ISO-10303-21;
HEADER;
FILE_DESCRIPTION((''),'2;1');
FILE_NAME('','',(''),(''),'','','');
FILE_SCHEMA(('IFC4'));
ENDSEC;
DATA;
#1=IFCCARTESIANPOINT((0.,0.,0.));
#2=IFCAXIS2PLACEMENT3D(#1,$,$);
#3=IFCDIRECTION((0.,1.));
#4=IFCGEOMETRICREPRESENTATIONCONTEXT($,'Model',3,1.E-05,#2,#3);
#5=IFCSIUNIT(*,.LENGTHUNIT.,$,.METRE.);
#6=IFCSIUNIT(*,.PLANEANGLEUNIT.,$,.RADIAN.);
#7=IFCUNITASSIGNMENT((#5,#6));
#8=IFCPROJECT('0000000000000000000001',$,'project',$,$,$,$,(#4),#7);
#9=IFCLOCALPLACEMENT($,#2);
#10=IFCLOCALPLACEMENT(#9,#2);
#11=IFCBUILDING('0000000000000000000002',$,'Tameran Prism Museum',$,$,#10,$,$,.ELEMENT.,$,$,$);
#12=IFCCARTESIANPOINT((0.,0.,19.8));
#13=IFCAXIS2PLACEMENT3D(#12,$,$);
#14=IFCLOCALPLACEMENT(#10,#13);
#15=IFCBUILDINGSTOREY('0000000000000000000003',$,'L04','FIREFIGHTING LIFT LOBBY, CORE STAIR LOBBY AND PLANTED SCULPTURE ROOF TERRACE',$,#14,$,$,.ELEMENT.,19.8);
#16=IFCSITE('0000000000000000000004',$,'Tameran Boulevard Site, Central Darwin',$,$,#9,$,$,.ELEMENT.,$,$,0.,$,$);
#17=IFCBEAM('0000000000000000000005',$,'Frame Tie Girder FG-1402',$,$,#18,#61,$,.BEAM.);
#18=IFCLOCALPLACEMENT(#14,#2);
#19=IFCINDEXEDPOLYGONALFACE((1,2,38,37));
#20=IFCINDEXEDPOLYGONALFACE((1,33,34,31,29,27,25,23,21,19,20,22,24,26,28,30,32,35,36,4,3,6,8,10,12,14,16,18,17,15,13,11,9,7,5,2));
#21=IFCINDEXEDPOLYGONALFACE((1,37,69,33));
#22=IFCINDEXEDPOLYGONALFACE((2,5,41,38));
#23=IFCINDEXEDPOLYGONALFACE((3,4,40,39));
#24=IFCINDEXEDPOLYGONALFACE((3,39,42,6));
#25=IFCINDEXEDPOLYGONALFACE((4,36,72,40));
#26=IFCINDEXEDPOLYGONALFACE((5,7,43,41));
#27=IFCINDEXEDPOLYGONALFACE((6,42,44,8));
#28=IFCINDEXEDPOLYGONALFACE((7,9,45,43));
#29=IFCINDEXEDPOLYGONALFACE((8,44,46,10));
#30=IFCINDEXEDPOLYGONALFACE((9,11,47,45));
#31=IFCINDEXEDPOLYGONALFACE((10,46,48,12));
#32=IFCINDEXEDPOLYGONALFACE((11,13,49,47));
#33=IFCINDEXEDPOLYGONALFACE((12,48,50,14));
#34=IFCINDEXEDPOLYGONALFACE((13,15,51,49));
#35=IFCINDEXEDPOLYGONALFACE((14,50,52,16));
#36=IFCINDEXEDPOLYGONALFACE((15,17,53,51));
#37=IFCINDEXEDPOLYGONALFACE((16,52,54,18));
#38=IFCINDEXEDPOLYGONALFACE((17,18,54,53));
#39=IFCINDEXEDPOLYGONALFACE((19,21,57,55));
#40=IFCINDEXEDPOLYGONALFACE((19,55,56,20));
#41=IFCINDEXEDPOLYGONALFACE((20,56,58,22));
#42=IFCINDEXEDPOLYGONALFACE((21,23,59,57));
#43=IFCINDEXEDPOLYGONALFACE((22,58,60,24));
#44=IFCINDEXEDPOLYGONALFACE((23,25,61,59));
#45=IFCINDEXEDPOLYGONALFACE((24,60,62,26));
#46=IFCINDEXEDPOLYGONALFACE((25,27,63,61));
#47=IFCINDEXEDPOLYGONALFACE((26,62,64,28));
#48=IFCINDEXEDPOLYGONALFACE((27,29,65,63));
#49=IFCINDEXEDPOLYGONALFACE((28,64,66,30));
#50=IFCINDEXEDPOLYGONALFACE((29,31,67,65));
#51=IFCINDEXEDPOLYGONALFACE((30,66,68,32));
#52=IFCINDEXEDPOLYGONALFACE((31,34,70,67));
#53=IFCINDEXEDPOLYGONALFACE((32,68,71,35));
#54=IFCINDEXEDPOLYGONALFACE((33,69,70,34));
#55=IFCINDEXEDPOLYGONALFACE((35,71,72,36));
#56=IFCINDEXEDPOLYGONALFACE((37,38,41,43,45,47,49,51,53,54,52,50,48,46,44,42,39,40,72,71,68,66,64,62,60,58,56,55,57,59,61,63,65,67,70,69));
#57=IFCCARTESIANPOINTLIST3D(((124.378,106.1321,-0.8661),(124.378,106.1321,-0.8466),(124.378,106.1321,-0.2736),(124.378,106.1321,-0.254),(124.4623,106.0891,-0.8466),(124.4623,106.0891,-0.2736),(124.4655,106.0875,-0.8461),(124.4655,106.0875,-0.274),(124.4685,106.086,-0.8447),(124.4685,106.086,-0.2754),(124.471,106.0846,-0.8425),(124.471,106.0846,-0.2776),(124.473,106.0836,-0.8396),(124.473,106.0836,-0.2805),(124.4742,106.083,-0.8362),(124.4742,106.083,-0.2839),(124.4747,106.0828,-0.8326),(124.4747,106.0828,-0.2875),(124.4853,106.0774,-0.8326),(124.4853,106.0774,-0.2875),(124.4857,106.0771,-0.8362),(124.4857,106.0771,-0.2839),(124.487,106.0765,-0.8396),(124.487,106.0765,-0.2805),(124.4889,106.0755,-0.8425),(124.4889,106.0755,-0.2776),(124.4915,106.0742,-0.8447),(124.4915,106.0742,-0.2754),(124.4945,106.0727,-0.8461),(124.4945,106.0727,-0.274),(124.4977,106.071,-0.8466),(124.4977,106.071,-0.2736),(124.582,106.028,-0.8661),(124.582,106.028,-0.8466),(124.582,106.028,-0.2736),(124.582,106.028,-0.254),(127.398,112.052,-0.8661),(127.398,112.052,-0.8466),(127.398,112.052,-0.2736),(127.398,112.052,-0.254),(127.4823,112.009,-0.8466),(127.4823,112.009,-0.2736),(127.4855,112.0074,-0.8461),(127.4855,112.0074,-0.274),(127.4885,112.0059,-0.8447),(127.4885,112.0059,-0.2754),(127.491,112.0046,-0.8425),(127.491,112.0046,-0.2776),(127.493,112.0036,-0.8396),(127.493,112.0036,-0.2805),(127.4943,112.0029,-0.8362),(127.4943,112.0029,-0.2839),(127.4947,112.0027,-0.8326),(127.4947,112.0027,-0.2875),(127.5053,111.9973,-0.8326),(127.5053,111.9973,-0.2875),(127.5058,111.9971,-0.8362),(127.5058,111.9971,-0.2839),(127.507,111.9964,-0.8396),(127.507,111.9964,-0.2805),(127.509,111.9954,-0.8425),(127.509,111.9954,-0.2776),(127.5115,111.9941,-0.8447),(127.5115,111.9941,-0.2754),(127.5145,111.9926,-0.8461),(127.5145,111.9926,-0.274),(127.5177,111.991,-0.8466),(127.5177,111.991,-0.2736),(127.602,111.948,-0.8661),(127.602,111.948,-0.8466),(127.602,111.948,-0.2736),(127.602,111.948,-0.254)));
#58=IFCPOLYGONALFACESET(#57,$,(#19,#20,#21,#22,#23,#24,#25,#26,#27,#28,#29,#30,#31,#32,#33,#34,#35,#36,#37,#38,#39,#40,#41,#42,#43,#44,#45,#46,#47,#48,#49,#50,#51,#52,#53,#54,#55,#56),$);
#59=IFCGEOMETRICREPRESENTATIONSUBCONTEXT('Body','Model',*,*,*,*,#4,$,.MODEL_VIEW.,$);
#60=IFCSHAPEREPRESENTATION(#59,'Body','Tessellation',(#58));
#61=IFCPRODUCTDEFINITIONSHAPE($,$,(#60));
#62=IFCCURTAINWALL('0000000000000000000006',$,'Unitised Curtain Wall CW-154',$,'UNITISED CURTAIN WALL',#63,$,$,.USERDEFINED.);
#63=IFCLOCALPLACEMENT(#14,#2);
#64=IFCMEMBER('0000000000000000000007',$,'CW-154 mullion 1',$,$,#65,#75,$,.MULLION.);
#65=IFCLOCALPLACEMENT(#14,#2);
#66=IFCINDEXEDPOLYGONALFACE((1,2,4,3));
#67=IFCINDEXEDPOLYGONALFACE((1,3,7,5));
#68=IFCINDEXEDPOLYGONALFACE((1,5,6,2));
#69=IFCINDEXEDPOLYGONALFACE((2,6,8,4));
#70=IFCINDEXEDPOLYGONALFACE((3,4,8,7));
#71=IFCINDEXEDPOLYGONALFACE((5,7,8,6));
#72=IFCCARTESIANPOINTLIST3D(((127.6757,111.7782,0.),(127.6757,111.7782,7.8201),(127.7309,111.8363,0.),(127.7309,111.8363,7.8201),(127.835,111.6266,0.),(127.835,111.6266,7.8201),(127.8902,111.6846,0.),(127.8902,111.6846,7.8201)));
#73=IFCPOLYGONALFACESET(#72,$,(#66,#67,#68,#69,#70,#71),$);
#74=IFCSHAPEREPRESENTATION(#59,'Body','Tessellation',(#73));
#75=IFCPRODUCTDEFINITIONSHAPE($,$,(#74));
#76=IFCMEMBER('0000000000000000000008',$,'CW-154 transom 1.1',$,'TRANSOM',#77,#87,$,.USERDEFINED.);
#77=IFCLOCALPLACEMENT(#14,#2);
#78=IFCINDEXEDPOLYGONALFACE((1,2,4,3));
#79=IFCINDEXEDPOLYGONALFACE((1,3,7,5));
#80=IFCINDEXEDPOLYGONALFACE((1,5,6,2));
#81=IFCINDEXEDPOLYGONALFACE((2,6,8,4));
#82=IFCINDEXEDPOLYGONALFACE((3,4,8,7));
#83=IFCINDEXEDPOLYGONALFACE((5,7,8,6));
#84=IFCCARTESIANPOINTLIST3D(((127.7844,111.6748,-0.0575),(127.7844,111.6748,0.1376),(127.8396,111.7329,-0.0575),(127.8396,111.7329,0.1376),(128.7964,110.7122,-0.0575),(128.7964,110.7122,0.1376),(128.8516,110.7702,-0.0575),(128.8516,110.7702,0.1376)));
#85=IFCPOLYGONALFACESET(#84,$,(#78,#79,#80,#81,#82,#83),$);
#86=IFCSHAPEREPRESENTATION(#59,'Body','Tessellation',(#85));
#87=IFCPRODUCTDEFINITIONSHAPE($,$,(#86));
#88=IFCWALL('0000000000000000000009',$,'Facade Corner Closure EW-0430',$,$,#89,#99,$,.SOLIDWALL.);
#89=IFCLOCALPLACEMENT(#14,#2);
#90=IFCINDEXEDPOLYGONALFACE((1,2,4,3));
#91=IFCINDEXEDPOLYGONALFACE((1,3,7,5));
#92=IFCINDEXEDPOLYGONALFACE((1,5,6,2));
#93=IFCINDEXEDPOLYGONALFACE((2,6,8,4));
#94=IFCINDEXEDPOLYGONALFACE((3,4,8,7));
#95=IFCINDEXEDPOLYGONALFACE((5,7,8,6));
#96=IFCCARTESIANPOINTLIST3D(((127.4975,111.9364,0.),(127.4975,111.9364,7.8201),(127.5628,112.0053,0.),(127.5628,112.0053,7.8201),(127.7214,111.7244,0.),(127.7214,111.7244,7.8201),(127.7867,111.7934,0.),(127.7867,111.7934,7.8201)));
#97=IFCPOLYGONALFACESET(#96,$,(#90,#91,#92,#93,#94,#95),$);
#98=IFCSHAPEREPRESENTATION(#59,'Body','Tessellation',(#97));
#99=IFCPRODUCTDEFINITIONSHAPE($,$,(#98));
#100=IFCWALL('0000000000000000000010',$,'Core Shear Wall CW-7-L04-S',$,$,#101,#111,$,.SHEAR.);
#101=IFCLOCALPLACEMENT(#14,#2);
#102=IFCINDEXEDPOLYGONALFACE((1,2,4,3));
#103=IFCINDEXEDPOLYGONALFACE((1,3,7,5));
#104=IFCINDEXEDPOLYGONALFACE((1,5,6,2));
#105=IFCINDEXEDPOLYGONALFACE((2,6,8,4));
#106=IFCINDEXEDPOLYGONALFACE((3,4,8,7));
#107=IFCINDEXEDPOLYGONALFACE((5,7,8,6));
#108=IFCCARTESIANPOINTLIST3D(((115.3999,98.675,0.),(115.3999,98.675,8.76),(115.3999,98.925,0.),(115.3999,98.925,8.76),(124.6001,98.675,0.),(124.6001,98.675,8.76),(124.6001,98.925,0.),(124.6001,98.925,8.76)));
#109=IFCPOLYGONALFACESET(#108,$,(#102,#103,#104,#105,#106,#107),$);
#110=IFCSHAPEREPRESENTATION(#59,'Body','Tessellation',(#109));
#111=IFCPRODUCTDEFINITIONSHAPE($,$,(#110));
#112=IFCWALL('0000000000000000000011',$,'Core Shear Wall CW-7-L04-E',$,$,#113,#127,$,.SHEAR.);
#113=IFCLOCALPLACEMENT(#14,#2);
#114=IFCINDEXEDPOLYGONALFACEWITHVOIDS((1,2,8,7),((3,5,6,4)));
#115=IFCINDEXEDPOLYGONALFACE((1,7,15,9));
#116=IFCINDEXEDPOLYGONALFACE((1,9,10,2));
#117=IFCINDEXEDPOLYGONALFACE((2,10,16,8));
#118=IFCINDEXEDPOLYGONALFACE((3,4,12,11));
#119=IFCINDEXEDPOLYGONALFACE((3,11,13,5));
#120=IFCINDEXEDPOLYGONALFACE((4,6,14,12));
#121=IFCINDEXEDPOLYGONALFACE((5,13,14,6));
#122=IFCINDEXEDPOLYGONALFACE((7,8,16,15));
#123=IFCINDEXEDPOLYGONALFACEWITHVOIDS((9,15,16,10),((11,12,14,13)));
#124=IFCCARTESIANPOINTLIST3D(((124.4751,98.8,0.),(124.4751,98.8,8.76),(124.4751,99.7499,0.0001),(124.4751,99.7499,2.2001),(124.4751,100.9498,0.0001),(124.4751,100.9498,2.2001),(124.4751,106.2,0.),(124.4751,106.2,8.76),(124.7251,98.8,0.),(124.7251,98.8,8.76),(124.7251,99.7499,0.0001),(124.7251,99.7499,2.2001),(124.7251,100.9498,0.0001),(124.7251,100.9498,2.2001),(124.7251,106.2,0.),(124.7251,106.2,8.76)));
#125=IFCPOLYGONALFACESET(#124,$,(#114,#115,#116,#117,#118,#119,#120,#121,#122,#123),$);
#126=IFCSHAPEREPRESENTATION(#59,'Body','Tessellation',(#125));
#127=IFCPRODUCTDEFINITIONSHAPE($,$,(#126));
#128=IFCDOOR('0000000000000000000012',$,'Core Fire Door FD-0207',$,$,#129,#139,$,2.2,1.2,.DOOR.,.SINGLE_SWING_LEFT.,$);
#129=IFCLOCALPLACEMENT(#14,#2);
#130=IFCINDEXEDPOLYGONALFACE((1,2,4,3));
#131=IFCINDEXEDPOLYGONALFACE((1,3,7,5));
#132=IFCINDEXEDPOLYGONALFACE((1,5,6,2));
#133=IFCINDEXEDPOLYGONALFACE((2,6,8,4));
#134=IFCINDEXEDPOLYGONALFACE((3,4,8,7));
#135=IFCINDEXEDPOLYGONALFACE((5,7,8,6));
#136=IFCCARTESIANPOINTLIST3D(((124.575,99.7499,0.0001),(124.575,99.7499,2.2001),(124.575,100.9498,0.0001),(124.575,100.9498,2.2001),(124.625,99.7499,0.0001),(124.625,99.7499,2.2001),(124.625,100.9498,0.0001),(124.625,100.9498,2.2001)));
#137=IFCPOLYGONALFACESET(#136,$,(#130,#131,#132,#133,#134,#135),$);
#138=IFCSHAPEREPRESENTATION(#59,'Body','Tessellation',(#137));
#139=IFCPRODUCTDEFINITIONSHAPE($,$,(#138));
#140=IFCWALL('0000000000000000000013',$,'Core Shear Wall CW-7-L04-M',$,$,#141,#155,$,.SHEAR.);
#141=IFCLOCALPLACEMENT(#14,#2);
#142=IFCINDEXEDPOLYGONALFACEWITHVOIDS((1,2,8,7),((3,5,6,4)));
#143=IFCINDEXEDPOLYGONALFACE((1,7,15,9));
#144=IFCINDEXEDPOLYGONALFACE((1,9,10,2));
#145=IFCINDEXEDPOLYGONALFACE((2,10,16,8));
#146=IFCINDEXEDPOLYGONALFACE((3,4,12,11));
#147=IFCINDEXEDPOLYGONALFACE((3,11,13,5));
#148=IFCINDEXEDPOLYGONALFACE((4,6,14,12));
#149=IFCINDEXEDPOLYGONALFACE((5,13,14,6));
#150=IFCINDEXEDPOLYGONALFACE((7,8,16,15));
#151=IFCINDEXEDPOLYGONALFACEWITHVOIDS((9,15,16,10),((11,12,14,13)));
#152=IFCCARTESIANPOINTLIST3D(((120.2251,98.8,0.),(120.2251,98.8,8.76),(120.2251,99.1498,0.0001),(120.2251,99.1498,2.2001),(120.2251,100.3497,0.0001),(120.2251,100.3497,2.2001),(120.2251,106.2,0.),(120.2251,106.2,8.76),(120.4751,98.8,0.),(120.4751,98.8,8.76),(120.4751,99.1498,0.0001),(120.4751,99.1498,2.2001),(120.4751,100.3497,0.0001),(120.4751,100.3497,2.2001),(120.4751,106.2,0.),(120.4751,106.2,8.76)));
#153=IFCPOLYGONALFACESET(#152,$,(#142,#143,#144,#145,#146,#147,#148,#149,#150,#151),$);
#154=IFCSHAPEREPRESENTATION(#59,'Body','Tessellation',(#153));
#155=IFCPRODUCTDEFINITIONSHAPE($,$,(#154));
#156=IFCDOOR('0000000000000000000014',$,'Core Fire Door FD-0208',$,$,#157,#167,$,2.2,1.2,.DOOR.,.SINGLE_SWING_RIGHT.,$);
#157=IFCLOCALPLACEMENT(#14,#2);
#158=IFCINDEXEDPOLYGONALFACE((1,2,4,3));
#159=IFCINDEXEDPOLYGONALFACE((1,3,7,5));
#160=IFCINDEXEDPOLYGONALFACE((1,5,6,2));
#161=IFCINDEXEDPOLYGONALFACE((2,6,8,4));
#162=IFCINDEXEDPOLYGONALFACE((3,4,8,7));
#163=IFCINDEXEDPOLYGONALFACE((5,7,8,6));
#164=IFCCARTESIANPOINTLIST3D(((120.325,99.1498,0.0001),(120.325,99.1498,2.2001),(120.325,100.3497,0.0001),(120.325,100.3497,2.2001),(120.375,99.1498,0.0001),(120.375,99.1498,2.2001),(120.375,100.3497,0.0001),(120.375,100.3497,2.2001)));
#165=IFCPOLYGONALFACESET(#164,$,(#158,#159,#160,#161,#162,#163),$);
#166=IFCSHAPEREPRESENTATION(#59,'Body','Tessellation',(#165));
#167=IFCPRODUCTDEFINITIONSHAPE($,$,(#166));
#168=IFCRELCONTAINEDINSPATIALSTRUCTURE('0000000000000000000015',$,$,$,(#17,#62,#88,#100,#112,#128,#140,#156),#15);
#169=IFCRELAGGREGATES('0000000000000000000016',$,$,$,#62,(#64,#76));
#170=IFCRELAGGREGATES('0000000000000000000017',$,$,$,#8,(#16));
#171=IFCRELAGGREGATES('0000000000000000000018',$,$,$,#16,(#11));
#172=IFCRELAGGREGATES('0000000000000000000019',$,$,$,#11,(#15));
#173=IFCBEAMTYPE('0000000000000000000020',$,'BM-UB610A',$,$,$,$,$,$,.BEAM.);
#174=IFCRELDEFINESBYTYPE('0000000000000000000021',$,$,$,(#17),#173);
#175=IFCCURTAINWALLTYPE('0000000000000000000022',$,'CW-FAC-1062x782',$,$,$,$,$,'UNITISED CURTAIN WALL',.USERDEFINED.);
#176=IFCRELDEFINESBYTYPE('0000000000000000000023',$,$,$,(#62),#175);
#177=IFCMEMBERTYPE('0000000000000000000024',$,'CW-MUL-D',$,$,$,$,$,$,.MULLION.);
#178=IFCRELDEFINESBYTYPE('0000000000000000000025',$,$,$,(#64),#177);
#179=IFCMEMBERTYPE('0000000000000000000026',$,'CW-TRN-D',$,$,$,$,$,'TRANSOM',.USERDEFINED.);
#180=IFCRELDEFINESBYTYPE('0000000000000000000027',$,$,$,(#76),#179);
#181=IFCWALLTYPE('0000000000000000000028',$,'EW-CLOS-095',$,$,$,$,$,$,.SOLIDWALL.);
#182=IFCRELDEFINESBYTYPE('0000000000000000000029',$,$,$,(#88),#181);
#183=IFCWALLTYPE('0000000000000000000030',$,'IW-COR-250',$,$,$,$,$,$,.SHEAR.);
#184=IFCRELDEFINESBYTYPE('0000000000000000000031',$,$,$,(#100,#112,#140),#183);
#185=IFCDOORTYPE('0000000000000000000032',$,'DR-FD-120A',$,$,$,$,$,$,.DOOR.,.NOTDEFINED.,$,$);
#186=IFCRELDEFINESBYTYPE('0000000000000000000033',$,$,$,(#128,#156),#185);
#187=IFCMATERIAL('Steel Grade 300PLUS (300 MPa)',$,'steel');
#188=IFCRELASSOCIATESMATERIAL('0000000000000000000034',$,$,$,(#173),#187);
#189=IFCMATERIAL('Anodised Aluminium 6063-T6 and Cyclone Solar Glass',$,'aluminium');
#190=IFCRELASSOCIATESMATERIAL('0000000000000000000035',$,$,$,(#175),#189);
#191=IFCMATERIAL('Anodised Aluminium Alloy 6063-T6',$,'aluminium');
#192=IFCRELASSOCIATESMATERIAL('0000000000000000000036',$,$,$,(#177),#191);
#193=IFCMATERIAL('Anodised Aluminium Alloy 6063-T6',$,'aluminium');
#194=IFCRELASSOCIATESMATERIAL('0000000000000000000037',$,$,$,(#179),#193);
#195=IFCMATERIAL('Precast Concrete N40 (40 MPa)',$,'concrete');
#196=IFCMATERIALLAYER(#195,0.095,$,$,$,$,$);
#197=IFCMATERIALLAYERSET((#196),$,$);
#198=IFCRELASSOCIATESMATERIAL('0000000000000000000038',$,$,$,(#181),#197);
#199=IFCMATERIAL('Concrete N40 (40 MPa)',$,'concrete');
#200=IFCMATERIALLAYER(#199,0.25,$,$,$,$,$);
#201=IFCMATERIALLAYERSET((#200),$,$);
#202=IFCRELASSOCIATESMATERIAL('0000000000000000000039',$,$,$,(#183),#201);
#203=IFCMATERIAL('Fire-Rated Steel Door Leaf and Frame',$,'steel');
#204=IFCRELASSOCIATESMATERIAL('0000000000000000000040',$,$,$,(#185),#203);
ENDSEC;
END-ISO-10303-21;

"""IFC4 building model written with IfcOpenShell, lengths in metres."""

from ifc_helpers import new_model, si_unit, direction, frame, frame_2d, origin, origin_2d, place, context, subcontext, project, spatial, rectangle, i_section, extrude, material, layer, layer_set, material_profile, profile_set, type_object, element, fill, aggregate, save


model = new_model("IFC4")

# Units and contexts
model_context = context("Model", 3, precision=1e-05, world=origin(), true_north=direction((0.0, 1.0)))
body_context = subcontext(model_context, "Body", "Model", "MODEL_VIEW")
ifc_project = project(units=[si_unit("LENGTHUNIT", "METRE"), si_unit("PLANEANGLEUNIT", "RADIAN")], contexts=[model_context])

# Site, building, storey
site_placement = place(None, origin())
site = spatial("IfcSite", under=ifc_project, at=site_placement, Name="Tameran Boulevard Site, Central Darwin", CompositionType="ELEMENT", RefElevation=0.0)
building_placement = place(site_placement, origin())
building = spatial("IfcBuilding", under=site, at=building_placement, Name="Tameran Prism Museum", CompositionType="ELEMENT")
storey_placement = place(building_placement, frame((0.0, 0.0, 19.8)))
storey = spatial("IfcBuildingStorey", under=building, at=storey_placement, Name="L04", Description="FIREFIGHTING LIFT LOBBY, CORE STAIR LOBBY AND PLANTED SCULPTURE ROOF TERRACE", CompositionType="ELEMENT", Elevation=19.8)

# Beam
ifc_material_1 = material(Name="Steel Grade 300PLUS (300 MPa)", Category="steel")
ifc_material_profile_1 = material_profile(ifc_material_1, i_section(OverallWidth=0.229, OverallDepth=0.6121, WebThickness=0.012, FlangeThickness=0.0195, FilletRadius=0.0139, at=origin_2d()))
ifc_profile_set_1 = profile_set([ifc_material_profile_1])
beam_type_1 = type_object("IfcBeamType", Name="BM-UB610A", PredefinedType="BEAM", material=ifc_profile_set_1)
beam_1_placement = place(storey_placement, frame((124.48, 106.0801, -0.5601), z_axis=(0.454429, 0.890783, 0.0), x_axis=(-0.890783, 0.454429, 0.0)))
element("IfcBeam", 1, at=beam_1_placement, inside=storey, type_object=beam_type_1, Name="Frame Tie Girder FG-1402", PredefinedType="BEAM", context=body_context, shape_type="SweptSolid", body=[
    extrude(i_section(OverallWidth=0.229, OverallDepth=0.6121, WebThickness=0.012, FlangeThickness=0.0195, FilletRadius=0.0139, at=origin_2d()), origin(), (0.0, 0.0, 1.0), 6.6458),
])

# Curtain wall, members
ifc_material_2 = material(Name="Anodised Aluminium 6063-T6 and Cyclone Solar Glass", Category="aluminium")
curtain_wall_type = type_object("IfcCurtainWallType", Name="CW-FAC-1062x782", ElementType="UNITISED CURTAIN WALL", PredefinedType="USERDEFINED", material=ifc_material_2)
curtain_wall_placement = place(storey_placement, origin())
curtain_wall = element("IfcCurtainWall", 2, at=curtain_wall_placement, inside=storey, type_object=curtain_wall_type, Name="Unitised Curtain Wall CW-154", ObjectType="UNITISED CURTAIN WALL", PredefinedType="USERDEFINED")
ifc_material_3 = material(Name="Anodised Aluminium Alloy 6063-T6", Category="aluminium")
ifc_material_profile_2 = material_profile(ifc_material_3, rectangle(XDim=0.0801, YDim=0.22, at=origin_2d()))
ifc_profile_set_2 = profile_set([ifc_material_profile_2])
member_type_1 = type_object("IfcMemberType", Name="CW-MUL-D", PredefinedType="MULLION", material=ifc_profile_set_2)
member_1_placement = place(storey_placement, frame((127.783, 111.7314, 0.0), z_axis=(0.0, 0.0, 1.0), x_axis=(0.689274, 0.724501, 0.0)))
member_1 = element("IfcMember", 3, at=member_1_placement, type_object=member_type_1, Name="CW-154 mullion 1", PredefinedType="MULLION", context=body_context, shape_type="SweptSolid", body=[
    extrude(rectangle(XDim=0.0801, YDim=0.22, at=origin_2d()), origin(), (0.0, 0.0, 1.0), 7.8201),
])
ifc_material_4 = material(Name="Anodised Aluminium Alloy 6063-T6", Category="aluminium")
ifc_material_profile_3 = material_profile(ifc_material_4, rectangle(XDim=0.0801, YDim=0.1951, at=origin_2d()))
ifc_profile_set_3 = profile_set([ifc_material_profile_3])
member_type_2 = type_object("IfcMemberType", Name="CW-TRN-D", ElementType="TRANSOM", PredefinedType="USERDEFINED", material=ifc_profile_set_3)
member_2_placement = place(storey_placement, frame((127.812, 111.7039, 0.04), z_axis=(0.724541, -0.689232, 0.0), x_axis=(0.689232, 0.724541, 0.0)))
member_2 = element("IfcMember", 4, at=member_2_placement, type_object=member_type_2, Name="CW-154 transom 1.1", ObjectType="TRANSOM", PredefinedType="USERDEFINED", context=body_context, shape_type="SweptSolid", body=[
    extrude(rectangle(XDim=0.0801, YDim=0.1951, at=origin_2d()), origin(), (0.0, 0.0, 1.0), 1.3967),
])
aggregate(curtain_wall, [member_1, member_2])

# Walls
ifc_material_5 = material(Name="Precast Concrete N40 (40 MPa)", Category="concrete")
ifc_layer_1 = layer(ifc_material_5, 0.095)
ifc_layer_set_1 = layer_set([ifc_layer_1])
wall_type_1 = type_object("IfcWallType", Name="EW-CLOS-095", PredefinedType="SOLIDWALL", material=ifc_layer_set_1)
wall_1_placement = place(storey_placement, frame((127.53, 111.9709, 0.0), z_axis=(0.0, 0.0, 1.0), x_axis=(0.726244, -0.687437, 0.0)))
element("IfcWall", 5, at=wall_1_placement, inside=storey, type_object=wall_type_1, Name="Facade Corner Closure EW-0430", PredefinedType="SOLIDWALL", context=body_context, shape_type="SweptSolid", body=[
    extrude(rectangle(XDim=0.3083, YDim=0.095, at=frame_2d((0.1543, 0.0))), origin(), (0.0, 0.0, 1.0), 7.8201),
])
ifc_material_6 = material(Name="Concrete N40 (40 MPa)", Category="concrete")
ifc_layer_2 = layer(ifc_material_6, 0.25)
ifc_layer_set_2 = layer_set([ifc_layer_2])
wall_type_2 = type_object("IfcWallType", Name="IW-COR-250", PredefinedType="SHEAR", material=ifc_layer_set_2)
wall_2_placement = place(storey_placement, frame((124.6001, 98.8, 0.0), z_axis=(0.0, 0.0, 1.0), x_axis=(-1.0, 0.0, 0.0)))
element("IfcWall", 6, at=wall_2_placement, inside=storey, type_object=wall_type_2, Name="Core Shear Wall CW-7-L04-S", PredefinedType="SHEAR", context=body_context, shape_type="SweptSolid", body=[
    extrude(rectangle(XDim=9.2002, YDim=0.25, at=frame_2d((4.6001, 0.0))), origin(), (0.0, 0.0, 1.0), 8.76),
])

# Walls, openings, doors
wall_3_placement = place(storey_placement, frame((124.6001, 106.2, 0.0), z_axis=(0.0, 0.0, 1.0), x_axis=(0.0, -1.0, 0.0)))
wall_3 = element("IfcWall", 7, at=wall_3_placement, inside=storey, type_object=wall_type_2, Name="Core Shear Wall CW-7-L04-E", PredefinedType="SHEAR", context=body_context, shape_type="SweptSolid", body=[
    extrude(rectangle(XDim=7.3999, YDim=0.25, at=frame_2d((3.7, 0.0))), origin(), (0.0, 0.0, 1.0), 8.76),
])
opening_1_placement = place(wall_3_placement, frame((5.25, 0.0, 0.0)))
opening_1 = element("IfcOpeningElement", 8, at=opening_1_placement, cuts=wall_3, PredefinedType="OPENING", context=body_context, shape_type="SweptSolid", body=[
    extrude(rectangle(XDim=1.2, YDim=2.2, at=frame_2d((0.6001, 1.1001))), frame((0.0, 0.135, 0.0), z_axis=(0.0, -1.0, 0.0), x_axis=(1.0, 0.0, 0.0)), (0.0, 0.0, 1.0), 0.27),
])
ifc_material_7 = material(Name="Fire-Rated Steel Door Leaf and Frame", Category="steel")
door_type = type_object("IfcDoorType", Name="DR-FD-120A", OperationType="NOTDEFINED", PredefinedType="DOOR", material=ifc_material_7)
door_1_placement = place(opening_1_placement, origin())
door_1 = element("IfcDoor", 9, at=door_1_placement, inside=storey, type_object=door_type, Name="Core Fire Door FD-0207", OperationType="SINGLE_SWING_LEFT", OverallHeight=2.2, OverallWidth=1.2, PredefinedType="DOOR", context=body_context, shape_type="SweptSolid", body=[
    extrude(rectangle(XDim=1.2, YDim=2.2, at=frame_2d((0.6001, 1.1001))), frame((0.0, 0.0249, 0.0), z_axis=(0.0, -1.0, 0.0), x_axis=(1.0, 0.0, 0.0)), (0.0, 0.0, 1.0), 0.05),
])
fill(opening_1, door_1)
wall_4_placement = place(storey_placement, frame((120.3501, 106.2, 0.0), z_axis=(0.0, 0.0, 1.0), x_axis=(0.0, -1.0, 0.0)))
wall_4 = element("IfcWall", 10, at=wall_4_placement, inside=storey, type_object=wall_type_2, Name="Core Shear Wall CW-7-L04-M", PredefinedType="SHEAR", context=body_context, shape_type="SweptSolid", body=[
    extrude(rectangle(XDim=7.3999, YDim=0.25, at=frame_2d((3.7, 0.0))), origin(), (0.0, 0.0, 1.0), 8.76),
])
opening_2_placement = place(wall_4_placement, frame((5.8501, 0.0, 0.0)))
opening_2 = element("IfcOpeningElement", 11, at=opening_2_placement, cuts=wall_4, PredefinedType="OPENING", context=body_context, shape_type="SweptSolid", body=[
    extrude(rectangle(XDim=1.2, YDim=2.2, at=frame_2d((0.6001, 1.1001))), frame((0.0, 0.135, 0.0), z_axis=(0.0, -1.0, 0.0), x_axis=(1.0, 0.0, 0.0)), (0.0, 0.0, 1.0), 0.27),
])
door_2_placement = place(opening_2_placement, origin())
door_2 = element("IfcDoor", 12, at=door_2_placement, inside=storey, type_object=door_type, Name="Core Fire Door FD-0208", OperationType="SINGLE_SWING_RIGHT", OverallHeight=2.2, OverallWidth=1.2, PredefinedType="DOOR", context=body_context, shape_type="SweptSolid", body=[
    extrude(rectangle(XDim=1.2, YDim=2.2, at=frame_2d((0.6001, 1.1001))), frame((0.0, 0.0249, 0.0), z_axis=(0.0, -1.0, 0.0), x_axis=(1.0, 0.0, 0.0)), (0.0, 0.0, 1.0), 0.05),
])
fill(opening_2, door_2)

save(model, "model.ifc")
